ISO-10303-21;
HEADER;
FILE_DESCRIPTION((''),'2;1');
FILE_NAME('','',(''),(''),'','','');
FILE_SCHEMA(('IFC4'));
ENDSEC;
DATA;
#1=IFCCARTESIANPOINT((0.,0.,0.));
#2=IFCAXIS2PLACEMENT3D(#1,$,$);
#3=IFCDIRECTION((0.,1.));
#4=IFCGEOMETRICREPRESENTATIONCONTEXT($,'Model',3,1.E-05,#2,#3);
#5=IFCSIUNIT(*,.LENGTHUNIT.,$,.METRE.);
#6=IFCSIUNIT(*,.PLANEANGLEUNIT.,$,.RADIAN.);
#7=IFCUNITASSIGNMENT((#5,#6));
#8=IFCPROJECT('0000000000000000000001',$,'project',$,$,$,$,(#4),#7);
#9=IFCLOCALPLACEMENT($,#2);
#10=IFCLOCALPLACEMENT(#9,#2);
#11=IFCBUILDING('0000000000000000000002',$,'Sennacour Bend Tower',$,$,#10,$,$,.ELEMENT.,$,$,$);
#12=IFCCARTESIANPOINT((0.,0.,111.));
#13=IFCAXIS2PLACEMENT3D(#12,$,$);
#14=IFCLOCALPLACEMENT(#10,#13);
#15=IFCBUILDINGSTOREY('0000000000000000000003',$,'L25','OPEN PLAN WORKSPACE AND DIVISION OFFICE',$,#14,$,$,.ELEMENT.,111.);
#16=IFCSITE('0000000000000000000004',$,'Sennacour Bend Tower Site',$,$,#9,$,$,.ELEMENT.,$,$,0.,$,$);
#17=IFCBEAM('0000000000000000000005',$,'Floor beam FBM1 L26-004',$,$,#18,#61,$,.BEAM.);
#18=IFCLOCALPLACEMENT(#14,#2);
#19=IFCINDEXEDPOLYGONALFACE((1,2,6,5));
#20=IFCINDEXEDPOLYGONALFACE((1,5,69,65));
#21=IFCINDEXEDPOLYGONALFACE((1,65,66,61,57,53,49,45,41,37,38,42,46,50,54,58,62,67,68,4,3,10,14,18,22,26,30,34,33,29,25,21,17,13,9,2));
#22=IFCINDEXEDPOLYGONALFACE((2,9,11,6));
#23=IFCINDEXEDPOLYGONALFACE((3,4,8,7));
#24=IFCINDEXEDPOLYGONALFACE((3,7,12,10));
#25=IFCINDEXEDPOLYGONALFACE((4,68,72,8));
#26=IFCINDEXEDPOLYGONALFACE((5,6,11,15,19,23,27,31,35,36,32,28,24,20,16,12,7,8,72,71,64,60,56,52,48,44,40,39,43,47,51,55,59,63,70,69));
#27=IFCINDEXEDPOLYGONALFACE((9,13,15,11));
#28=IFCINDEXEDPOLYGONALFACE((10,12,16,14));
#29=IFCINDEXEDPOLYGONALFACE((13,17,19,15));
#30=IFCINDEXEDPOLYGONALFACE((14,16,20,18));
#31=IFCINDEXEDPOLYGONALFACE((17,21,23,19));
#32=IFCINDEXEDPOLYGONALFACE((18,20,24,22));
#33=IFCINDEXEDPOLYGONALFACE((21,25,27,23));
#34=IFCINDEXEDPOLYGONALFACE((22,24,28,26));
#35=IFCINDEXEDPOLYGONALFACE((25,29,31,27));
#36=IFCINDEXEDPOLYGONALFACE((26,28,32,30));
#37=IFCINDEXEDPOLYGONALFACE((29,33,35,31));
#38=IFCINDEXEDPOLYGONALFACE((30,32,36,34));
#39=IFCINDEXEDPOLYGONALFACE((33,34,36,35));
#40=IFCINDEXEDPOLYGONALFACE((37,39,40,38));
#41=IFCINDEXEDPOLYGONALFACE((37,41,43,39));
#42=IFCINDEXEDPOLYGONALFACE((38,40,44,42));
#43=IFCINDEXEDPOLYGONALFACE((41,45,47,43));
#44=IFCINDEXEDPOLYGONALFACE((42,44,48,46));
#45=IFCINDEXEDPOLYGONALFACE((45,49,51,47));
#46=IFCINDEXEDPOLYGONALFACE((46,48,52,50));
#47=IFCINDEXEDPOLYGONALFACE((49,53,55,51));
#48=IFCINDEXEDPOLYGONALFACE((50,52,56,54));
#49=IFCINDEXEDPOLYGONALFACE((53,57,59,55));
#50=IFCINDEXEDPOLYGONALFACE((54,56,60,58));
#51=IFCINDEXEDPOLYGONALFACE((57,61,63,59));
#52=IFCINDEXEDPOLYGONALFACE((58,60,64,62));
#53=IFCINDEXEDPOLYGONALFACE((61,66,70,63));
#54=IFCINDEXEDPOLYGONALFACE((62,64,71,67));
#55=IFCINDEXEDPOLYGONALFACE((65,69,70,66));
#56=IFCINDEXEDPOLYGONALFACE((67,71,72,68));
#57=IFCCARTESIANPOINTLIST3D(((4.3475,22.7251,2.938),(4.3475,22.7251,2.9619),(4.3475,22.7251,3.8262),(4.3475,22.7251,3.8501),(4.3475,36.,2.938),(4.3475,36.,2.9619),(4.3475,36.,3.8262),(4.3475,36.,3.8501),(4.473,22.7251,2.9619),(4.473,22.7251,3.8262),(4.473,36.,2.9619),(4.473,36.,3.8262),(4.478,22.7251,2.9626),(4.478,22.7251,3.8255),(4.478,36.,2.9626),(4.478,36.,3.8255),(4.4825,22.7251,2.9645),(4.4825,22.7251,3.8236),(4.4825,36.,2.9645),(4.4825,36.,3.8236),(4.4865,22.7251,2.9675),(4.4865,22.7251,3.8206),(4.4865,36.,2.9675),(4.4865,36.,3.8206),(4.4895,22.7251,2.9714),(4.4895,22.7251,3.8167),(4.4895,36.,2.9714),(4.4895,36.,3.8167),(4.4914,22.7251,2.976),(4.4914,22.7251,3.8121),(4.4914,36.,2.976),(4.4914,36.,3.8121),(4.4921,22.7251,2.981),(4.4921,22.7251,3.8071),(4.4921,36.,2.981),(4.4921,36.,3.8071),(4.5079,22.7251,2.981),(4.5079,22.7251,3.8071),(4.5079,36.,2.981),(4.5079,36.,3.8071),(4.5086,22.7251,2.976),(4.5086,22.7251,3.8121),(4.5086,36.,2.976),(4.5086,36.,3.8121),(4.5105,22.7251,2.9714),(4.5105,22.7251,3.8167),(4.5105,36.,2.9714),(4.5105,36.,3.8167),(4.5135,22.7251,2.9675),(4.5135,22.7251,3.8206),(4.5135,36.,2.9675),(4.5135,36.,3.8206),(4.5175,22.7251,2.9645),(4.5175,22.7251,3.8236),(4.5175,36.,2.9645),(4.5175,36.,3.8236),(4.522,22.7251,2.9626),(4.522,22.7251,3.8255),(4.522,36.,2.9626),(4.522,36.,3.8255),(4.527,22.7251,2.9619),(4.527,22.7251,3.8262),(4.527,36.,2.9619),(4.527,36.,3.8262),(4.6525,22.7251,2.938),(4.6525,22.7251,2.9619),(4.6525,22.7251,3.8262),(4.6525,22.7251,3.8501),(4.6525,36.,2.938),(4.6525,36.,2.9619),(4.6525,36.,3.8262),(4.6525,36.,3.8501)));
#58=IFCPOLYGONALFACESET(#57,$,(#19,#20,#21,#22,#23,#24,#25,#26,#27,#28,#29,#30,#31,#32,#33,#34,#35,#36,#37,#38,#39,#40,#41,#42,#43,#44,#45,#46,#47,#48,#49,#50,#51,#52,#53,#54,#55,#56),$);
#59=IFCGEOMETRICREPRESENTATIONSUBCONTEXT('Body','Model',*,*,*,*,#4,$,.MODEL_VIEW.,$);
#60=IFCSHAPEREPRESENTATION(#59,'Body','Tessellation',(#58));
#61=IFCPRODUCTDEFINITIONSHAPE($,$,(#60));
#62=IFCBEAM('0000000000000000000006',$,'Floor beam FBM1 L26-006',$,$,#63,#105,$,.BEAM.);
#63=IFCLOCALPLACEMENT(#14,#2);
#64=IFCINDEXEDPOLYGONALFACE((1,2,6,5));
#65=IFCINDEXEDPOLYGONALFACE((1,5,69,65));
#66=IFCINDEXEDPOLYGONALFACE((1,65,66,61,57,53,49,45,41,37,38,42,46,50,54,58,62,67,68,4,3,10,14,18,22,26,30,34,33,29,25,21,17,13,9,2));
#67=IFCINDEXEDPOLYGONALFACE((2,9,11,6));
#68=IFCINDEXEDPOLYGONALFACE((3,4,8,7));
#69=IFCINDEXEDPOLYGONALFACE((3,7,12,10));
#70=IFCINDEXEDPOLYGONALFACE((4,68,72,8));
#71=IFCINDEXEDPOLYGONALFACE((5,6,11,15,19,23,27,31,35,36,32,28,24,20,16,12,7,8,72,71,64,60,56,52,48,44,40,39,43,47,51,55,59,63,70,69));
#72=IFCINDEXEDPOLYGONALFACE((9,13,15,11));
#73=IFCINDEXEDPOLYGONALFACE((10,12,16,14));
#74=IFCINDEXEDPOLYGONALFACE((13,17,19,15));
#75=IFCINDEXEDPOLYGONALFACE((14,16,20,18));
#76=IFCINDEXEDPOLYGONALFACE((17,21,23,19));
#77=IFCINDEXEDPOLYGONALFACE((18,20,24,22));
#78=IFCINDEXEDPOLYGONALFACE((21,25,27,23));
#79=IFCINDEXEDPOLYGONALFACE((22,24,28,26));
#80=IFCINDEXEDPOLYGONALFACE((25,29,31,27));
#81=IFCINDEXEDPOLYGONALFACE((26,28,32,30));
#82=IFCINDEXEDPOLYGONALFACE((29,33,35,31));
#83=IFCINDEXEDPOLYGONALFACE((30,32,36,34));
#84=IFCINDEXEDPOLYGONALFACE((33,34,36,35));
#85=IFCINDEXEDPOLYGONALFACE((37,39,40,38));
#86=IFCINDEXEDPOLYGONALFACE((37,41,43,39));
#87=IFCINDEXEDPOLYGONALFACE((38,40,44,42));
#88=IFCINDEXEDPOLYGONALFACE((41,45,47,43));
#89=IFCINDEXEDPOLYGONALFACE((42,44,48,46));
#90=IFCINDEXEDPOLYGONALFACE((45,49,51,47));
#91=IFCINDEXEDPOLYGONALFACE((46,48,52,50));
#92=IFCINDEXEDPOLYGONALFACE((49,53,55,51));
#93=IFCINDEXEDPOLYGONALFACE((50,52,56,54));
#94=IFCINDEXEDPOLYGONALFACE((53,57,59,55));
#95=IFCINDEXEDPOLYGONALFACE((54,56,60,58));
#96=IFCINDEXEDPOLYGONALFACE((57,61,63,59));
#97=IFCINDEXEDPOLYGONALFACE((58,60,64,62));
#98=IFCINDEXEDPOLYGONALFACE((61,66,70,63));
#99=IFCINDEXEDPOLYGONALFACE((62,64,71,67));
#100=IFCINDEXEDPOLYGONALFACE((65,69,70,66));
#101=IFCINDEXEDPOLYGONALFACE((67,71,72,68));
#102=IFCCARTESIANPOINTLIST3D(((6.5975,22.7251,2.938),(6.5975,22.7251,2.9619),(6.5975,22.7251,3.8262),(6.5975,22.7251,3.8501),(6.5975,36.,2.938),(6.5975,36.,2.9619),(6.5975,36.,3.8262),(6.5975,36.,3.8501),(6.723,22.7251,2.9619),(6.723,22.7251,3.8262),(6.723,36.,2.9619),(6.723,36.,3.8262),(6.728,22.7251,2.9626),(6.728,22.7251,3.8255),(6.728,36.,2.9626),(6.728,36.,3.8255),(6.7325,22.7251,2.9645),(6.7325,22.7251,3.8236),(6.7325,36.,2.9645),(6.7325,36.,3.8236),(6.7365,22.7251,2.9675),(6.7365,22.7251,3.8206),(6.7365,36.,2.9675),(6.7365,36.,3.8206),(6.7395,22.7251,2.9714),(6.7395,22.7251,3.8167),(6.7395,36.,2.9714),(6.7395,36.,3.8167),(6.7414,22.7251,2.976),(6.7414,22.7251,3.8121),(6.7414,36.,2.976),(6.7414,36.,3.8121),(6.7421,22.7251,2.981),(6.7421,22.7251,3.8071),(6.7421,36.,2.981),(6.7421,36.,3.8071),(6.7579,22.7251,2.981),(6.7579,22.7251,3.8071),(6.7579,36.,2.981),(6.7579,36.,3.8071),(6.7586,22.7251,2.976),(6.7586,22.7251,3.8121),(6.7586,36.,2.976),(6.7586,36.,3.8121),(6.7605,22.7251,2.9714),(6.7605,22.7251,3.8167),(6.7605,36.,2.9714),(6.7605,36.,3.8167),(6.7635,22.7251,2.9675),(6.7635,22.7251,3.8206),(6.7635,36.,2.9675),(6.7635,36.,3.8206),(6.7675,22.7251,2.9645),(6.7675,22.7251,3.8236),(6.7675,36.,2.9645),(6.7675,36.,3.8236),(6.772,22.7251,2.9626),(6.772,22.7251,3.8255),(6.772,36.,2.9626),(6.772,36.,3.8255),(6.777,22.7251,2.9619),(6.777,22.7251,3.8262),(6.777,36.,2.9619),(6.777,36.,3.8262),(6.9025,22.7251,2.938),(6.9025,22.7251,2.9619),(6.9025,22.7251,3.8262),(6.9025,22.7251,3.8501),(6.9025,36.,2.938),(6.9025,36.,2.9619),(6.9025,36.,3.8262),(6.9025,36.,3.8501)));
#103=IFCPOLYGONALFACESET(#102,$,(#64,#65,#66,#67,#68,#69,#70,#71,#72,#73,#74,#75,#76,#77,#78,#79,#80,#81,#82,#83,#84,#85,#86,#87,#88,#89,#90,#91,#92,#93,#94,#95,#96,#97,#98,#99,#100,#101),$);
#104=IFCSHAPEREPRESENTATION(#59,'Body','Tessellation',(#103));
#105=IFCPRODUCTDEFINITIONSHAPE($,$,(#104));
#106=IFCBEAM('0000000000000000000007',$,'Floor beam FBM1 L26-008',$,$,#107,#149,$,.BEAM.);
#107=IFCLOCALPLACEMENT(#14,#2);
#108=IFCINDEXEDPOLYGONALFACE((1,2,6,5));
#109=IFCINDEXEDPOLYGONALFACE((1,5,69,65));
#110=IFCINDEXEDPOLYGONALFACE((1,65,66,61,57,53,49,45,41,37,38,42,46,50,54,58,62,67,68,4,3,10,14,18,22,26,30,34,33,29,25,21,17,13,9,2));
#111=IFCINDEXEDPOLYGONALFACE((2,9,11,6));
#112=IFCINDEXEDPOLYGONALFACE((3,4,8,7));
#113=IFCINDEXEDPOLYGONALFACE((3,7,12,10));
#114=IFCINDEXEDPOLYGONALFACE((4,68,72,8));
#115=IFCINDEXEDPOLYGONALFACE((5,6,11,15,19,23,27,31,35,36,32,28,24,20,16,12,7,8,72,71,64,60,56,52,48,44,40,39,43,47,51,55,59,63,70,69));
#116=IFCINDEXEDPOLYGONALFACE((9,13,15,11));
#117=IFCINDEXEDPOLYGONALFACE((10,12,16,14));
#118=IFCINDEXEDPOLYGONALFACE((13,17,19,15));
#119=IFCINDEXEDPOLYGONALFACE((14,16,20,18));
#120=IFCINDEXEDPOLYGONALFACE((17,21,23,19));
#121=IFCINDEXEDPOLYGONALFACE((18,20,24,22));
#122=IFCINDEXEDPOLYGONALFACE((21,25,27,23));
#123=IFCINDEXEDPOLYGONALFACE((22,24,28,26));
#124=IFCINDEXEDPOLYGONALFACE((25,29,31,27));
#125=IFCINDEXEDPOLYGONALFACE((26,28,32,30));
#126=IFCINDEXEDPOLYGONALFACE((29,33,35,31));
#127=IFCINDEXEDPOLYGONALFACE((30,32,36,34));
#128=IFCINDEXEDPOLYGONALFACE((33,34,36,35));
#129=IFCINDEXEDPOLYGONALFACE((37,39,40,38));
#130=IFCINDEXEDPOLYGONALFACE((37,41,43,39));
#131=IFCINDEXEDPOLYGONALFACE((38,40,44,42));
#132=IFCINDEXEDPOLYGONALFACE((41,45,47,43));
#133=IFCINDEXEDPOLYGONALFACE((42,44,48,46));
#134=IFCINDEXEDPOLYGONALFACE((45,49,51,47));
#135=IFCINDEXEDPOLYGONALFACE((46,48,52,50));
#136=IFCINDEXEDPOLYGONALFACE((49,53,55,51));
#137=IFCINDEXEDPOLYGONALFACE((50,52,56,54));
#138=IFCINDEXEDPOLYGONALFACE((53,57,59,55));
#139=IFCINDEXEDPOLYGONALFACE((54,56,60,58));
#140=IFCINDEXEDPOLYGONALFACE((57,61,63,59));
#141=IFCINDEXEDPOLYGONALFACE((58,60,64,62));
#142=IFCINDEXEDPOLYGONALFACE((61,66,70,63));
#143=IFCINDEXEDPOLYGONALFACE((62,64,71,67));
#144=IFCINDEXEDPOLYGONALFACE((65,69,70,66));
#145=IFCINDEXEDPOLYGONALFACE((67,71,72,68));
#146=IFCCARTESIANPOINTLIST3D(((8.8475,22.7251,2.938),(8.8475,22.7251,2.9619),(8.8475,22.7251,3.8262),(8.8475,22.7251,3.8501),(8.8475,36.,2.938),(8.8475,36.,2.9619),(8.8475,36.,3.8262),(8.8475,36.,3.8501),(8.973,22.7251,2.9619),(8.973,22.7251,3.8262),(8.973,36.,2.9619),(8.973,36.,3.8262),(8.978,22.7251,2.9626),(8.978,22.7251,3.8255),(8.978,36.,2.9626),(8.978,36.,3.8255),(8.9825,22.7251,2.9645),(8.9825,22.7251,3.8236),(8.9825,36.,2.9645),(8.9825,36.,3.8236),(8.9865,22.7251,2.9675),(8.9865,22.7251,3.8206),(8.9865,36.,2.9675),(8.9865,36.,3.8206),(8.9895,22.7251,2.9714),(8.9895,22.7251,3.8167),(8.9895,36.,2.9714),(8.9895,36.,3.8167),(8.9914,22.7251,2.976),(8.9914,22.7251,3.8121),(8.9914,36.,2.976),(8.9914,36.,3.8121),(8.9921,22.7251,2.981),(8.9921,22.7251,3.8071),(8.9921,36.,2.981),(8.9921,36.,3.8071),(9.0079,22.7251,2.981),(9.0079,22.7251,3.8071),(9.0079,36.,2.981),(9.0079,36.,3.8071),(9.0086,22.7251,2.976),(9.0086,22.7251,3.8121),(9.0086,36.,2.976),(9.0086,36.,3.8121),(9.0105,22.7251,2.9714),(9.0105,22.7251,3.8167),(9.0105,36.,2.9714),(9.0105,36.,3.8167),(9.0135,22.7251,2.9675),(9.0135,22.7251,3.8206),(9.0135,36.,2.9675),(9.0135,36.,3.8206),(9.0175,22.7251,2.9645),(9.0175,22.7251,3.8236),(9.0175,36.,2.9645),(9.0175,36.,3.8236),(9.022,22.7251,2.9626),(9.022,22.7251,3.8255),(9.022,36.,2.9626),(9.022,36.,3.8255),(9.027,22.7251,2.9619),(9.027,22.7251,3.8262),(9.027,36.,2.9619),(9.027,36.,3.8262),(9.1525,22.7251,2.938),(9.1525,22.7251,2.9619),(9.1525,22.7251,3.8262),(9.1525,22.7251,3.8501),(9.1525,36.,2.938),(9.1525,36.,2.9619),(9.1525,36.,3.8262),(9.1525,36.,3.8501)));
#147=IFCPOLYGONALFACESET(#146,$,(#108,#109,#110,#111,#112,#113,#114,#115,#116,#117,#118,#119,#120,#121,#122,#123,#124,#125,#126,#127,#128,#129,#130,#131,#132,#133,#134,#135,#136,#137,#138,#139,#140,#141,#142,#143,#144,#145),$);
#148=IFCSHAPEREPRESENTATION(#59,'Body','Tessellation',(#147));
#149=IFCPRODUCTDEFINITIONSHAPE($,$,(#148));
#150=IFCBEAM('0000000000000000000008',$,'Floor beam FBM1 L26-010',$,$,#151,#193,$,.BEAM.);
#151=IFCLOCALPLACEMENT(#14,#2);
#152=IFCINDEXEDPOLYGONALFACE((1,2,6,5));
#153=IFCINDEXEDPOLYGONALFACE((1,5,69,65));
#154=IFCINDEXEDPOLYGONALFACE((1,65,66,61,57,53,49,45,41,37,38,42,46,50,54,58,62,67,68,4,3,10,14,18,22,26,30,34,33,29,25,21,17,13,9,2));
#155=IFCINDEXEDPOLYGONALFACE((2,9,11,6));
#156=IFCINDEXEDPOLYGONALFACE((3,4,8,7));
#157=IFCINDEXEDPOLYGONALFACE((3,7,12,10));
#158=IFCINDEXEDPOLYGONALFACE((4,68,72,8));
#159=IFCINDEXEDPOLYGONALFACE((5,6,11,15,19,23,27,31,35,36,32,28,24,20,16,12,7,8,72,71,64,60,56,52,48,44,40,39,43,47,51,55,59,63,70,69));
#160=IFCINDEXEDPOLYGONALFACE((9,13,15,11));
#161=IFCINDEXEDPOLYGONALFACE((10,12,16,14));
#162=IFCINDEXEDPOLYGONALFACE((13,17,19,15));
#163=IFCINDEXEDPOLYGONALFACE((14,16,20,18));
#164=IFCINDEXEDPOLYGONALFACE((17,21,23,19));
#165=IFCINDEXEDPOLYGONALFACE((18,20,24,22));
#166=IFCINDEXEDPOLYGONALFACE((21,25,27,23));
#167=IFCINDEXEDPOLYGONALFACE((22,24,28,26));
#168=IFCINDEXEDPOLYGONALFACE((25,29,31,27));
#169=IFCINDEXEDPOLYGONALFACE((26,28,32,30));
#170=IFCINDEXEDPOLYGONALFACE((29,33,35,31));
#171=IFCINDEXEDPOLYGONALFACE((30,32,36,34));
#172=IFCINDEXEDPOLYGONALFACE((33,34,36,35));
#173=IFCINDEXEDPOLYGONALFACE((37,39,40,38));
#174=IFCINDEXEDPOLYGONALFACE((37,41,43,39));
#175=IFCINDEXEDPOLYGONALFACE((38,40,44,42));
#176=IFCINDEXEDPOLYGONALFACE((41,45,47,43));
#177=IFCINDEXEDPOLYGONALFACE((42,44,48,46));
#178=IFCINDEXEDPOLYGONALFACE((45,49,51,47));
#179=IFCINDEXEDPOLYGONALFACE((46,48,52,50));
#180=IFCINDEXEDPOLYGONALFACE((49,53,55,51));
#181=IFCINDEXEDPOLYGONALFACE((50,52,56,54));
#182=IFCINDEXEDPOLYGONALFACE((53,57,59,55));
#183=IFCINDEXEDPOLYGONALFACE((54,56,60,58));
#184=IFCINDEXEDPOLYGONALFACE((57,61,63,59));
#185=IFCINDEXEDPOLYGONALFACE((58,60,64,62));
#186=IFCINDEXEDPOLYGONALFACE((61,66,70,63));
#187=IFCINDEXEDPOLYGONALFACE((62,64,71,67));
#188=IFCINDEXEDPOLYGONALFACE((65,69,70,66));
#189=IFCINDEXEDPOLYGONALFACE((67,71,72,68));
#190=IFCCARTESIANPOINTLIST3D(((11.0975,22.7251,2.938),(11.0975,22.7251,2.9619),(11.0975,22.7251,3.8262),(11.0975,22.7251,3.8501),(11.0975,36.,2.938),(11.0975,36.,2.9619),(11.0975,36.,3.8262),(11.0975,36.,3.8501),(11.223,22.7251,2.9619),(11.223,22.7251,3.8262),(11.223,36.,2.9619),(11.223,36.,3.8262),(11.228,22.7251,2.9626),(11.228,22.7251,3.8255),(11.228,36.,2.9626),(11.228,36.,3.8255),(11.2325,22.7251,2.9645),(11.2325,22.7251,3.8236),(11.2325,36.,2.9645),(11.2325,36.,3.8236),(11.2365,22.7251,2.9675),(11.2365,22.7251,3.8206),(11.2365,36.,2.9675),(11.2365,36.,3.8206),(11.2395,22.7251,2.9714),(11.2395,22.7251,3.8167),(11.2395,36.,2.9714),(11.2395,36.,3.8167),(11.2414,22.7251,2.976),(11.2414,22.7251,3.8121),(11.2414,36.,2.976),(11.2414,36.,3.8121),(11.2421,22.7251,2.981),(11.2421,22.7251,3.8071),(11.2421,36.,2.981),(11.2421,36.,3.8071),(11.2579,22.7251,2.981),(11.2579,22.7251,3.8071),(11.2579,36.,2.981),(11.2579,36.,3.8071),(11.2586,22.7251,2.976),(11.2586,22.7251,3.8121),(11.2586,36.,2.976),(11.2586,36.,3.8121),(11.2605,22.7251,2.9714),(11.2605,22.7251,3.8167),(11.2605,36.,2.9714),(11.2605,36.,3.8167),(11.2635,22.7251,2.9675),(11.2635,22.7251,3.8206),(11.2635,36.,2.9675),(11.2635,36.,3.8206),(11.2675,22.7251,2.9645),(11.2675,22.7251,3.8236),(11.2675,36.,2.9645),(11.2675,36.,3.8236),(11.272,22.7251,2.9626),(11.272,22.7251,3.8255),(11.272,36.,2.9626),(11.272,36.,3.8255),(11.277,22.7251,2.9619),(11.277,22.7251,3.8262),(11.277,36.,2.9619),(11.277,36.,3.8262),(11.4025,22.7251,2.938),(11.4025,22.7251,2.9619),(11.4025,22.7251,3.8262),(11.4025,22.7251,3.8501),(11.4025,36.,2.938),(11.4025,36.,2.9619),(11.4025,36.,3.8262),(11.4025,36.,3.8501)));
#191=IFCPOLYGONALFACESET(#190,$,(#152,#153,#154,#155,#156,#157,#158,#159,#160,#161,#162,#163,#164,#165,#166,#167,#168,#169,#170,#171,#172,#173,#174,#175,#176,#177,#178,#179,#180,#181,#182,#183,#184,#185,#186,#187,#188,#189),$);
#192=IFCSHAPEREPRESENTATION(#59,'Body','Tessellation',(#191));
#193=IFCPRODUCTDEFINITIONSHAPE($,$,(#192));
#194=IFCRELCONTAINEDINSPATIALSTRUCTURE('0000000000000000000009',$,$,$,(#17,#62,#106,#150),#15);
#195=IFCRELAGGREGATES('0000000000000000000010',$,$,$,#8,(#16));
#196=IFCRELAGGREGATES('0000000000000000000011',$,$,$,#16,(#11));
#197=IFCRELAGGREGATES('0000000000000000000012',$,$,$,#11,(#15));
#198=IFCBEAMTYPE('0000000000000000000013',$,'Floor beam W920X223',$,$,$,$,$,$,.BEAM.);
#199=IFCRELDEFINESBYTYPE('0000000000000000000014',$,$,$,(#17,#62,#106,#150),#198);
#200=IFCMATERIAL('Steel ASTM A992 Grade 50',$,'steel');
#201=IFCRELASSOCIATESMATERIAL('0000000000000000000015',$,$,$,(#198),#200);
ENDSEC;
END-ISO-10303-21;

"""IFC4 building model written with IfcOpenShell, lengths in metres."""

from ifc_helpers import new_model, si_unit, direction, frame, origin, origin_2d, place, context, subcontext, project, spatial, i_section, extrude, material, material_profile, profile_set, type_object, element, save


model = new_model("IFC4")

# Units and contexts
model_context = context("Model", 3, precision=1e-05, world=origin(), true_north=direction((0.0, 1.0)))
body_context = subcontext(model_context, "Body", "Model", "MODEL_VIEW")
ifc_project = project(units=[si_unit("LENGTHUNIT", "METRE"), si_unit("PLANEANGLEUNIT", "RADIAN")], contexts=[model_context])

# Site, building, storey
site_placement = place(None, origin())
site = spatial("IfcSite", under=ifc_project, at=site_placement, Name="Sennacour Bend Tower Site", CompositionType="ELEMENT", RefElevation=0.0)
building_placement = place(site_placement, origin())
building = spatial("IfcBuilding", under=site, at=building_placement, Name="Sennacour Bend Tower", CompositionType="ELEMENT")
storey_placement = place(building_placement, frame((0.0, 0.0, 111.0)))
storey = spatial("IfcBuildingStorey", under=building, at=storey_placement, Name="L25", Description="OPEN PLAN WORKSPACE AND DIVISION OFFICE", CompositionType="ELEMENT", Elevation=111.0)

# Beams
ifc_material_1 = material(Name="Steel ASTM A992 Grade 50", Category="steel")
ifc_material_profile = material_profile(ifc_material_1, i_section(OverallWidth=0.3049, OverallDepth=0.9121, WebThickness=0.0159, FlangeThickness=0.0239, FilletRadius=0.019, at=origin_2d()), Name="Steel ASTM A992 Grade 50", Category="steel")
ifc_profile_set = profile_set([ifc_material_profile], Name="Steel ASTM A992 Grade 50")
beam_type = type_object("IfcBeamType", Name="Floor beam W920X223", PredefinedType="BEAM", material=ifc_profile_set)
for number, where, z_axis, x_axis, name in (
    (1, (4.5, 22.7251, 3.394), (0.0, 1.0, 0.0), (-1.0, 0.0, 0.0), "Floor beam FBM1 L26-004"),
    (2, (6.75, 22.7251, 3.394), (0.0, 1.0, 0.0), (-1.0, 0.0, 0.0), "Floor beam FBM1 L26-006"),
    (3, (9.0, 22.7251, 3.394), (0.0, 1.0, 0.0), (-1.0, 0.0, 0.0), "Floor beam FBM1 L26-008"),
    (4, (11.25, 22.7251, 3.394), (0.0, 1.0, 0.0), (-1.0, 0.0, 0.0), "Floor beam FBM1 L26-010"),
):
    element("IfcBeam", number, at=place(storey_placement, frame(where, z_axis=z_axis, x_axis=x_axis)), inside=storey, type_object=beam_type, Name=name, PredefinedType="BEAM", context=body_context, shape_type="SweptSolid", body=[
        extrude(i_section(OverallWidth=0.3049, OverallDepth=0.9121, WebThickness=0.0159, FlangeThickness=0.0239, FilletRadius=0.019, at=origin_2d()), origin(), (0.0, 0.0, 1.0), 13.2749),
    ])

save(model, "model.ifc")
